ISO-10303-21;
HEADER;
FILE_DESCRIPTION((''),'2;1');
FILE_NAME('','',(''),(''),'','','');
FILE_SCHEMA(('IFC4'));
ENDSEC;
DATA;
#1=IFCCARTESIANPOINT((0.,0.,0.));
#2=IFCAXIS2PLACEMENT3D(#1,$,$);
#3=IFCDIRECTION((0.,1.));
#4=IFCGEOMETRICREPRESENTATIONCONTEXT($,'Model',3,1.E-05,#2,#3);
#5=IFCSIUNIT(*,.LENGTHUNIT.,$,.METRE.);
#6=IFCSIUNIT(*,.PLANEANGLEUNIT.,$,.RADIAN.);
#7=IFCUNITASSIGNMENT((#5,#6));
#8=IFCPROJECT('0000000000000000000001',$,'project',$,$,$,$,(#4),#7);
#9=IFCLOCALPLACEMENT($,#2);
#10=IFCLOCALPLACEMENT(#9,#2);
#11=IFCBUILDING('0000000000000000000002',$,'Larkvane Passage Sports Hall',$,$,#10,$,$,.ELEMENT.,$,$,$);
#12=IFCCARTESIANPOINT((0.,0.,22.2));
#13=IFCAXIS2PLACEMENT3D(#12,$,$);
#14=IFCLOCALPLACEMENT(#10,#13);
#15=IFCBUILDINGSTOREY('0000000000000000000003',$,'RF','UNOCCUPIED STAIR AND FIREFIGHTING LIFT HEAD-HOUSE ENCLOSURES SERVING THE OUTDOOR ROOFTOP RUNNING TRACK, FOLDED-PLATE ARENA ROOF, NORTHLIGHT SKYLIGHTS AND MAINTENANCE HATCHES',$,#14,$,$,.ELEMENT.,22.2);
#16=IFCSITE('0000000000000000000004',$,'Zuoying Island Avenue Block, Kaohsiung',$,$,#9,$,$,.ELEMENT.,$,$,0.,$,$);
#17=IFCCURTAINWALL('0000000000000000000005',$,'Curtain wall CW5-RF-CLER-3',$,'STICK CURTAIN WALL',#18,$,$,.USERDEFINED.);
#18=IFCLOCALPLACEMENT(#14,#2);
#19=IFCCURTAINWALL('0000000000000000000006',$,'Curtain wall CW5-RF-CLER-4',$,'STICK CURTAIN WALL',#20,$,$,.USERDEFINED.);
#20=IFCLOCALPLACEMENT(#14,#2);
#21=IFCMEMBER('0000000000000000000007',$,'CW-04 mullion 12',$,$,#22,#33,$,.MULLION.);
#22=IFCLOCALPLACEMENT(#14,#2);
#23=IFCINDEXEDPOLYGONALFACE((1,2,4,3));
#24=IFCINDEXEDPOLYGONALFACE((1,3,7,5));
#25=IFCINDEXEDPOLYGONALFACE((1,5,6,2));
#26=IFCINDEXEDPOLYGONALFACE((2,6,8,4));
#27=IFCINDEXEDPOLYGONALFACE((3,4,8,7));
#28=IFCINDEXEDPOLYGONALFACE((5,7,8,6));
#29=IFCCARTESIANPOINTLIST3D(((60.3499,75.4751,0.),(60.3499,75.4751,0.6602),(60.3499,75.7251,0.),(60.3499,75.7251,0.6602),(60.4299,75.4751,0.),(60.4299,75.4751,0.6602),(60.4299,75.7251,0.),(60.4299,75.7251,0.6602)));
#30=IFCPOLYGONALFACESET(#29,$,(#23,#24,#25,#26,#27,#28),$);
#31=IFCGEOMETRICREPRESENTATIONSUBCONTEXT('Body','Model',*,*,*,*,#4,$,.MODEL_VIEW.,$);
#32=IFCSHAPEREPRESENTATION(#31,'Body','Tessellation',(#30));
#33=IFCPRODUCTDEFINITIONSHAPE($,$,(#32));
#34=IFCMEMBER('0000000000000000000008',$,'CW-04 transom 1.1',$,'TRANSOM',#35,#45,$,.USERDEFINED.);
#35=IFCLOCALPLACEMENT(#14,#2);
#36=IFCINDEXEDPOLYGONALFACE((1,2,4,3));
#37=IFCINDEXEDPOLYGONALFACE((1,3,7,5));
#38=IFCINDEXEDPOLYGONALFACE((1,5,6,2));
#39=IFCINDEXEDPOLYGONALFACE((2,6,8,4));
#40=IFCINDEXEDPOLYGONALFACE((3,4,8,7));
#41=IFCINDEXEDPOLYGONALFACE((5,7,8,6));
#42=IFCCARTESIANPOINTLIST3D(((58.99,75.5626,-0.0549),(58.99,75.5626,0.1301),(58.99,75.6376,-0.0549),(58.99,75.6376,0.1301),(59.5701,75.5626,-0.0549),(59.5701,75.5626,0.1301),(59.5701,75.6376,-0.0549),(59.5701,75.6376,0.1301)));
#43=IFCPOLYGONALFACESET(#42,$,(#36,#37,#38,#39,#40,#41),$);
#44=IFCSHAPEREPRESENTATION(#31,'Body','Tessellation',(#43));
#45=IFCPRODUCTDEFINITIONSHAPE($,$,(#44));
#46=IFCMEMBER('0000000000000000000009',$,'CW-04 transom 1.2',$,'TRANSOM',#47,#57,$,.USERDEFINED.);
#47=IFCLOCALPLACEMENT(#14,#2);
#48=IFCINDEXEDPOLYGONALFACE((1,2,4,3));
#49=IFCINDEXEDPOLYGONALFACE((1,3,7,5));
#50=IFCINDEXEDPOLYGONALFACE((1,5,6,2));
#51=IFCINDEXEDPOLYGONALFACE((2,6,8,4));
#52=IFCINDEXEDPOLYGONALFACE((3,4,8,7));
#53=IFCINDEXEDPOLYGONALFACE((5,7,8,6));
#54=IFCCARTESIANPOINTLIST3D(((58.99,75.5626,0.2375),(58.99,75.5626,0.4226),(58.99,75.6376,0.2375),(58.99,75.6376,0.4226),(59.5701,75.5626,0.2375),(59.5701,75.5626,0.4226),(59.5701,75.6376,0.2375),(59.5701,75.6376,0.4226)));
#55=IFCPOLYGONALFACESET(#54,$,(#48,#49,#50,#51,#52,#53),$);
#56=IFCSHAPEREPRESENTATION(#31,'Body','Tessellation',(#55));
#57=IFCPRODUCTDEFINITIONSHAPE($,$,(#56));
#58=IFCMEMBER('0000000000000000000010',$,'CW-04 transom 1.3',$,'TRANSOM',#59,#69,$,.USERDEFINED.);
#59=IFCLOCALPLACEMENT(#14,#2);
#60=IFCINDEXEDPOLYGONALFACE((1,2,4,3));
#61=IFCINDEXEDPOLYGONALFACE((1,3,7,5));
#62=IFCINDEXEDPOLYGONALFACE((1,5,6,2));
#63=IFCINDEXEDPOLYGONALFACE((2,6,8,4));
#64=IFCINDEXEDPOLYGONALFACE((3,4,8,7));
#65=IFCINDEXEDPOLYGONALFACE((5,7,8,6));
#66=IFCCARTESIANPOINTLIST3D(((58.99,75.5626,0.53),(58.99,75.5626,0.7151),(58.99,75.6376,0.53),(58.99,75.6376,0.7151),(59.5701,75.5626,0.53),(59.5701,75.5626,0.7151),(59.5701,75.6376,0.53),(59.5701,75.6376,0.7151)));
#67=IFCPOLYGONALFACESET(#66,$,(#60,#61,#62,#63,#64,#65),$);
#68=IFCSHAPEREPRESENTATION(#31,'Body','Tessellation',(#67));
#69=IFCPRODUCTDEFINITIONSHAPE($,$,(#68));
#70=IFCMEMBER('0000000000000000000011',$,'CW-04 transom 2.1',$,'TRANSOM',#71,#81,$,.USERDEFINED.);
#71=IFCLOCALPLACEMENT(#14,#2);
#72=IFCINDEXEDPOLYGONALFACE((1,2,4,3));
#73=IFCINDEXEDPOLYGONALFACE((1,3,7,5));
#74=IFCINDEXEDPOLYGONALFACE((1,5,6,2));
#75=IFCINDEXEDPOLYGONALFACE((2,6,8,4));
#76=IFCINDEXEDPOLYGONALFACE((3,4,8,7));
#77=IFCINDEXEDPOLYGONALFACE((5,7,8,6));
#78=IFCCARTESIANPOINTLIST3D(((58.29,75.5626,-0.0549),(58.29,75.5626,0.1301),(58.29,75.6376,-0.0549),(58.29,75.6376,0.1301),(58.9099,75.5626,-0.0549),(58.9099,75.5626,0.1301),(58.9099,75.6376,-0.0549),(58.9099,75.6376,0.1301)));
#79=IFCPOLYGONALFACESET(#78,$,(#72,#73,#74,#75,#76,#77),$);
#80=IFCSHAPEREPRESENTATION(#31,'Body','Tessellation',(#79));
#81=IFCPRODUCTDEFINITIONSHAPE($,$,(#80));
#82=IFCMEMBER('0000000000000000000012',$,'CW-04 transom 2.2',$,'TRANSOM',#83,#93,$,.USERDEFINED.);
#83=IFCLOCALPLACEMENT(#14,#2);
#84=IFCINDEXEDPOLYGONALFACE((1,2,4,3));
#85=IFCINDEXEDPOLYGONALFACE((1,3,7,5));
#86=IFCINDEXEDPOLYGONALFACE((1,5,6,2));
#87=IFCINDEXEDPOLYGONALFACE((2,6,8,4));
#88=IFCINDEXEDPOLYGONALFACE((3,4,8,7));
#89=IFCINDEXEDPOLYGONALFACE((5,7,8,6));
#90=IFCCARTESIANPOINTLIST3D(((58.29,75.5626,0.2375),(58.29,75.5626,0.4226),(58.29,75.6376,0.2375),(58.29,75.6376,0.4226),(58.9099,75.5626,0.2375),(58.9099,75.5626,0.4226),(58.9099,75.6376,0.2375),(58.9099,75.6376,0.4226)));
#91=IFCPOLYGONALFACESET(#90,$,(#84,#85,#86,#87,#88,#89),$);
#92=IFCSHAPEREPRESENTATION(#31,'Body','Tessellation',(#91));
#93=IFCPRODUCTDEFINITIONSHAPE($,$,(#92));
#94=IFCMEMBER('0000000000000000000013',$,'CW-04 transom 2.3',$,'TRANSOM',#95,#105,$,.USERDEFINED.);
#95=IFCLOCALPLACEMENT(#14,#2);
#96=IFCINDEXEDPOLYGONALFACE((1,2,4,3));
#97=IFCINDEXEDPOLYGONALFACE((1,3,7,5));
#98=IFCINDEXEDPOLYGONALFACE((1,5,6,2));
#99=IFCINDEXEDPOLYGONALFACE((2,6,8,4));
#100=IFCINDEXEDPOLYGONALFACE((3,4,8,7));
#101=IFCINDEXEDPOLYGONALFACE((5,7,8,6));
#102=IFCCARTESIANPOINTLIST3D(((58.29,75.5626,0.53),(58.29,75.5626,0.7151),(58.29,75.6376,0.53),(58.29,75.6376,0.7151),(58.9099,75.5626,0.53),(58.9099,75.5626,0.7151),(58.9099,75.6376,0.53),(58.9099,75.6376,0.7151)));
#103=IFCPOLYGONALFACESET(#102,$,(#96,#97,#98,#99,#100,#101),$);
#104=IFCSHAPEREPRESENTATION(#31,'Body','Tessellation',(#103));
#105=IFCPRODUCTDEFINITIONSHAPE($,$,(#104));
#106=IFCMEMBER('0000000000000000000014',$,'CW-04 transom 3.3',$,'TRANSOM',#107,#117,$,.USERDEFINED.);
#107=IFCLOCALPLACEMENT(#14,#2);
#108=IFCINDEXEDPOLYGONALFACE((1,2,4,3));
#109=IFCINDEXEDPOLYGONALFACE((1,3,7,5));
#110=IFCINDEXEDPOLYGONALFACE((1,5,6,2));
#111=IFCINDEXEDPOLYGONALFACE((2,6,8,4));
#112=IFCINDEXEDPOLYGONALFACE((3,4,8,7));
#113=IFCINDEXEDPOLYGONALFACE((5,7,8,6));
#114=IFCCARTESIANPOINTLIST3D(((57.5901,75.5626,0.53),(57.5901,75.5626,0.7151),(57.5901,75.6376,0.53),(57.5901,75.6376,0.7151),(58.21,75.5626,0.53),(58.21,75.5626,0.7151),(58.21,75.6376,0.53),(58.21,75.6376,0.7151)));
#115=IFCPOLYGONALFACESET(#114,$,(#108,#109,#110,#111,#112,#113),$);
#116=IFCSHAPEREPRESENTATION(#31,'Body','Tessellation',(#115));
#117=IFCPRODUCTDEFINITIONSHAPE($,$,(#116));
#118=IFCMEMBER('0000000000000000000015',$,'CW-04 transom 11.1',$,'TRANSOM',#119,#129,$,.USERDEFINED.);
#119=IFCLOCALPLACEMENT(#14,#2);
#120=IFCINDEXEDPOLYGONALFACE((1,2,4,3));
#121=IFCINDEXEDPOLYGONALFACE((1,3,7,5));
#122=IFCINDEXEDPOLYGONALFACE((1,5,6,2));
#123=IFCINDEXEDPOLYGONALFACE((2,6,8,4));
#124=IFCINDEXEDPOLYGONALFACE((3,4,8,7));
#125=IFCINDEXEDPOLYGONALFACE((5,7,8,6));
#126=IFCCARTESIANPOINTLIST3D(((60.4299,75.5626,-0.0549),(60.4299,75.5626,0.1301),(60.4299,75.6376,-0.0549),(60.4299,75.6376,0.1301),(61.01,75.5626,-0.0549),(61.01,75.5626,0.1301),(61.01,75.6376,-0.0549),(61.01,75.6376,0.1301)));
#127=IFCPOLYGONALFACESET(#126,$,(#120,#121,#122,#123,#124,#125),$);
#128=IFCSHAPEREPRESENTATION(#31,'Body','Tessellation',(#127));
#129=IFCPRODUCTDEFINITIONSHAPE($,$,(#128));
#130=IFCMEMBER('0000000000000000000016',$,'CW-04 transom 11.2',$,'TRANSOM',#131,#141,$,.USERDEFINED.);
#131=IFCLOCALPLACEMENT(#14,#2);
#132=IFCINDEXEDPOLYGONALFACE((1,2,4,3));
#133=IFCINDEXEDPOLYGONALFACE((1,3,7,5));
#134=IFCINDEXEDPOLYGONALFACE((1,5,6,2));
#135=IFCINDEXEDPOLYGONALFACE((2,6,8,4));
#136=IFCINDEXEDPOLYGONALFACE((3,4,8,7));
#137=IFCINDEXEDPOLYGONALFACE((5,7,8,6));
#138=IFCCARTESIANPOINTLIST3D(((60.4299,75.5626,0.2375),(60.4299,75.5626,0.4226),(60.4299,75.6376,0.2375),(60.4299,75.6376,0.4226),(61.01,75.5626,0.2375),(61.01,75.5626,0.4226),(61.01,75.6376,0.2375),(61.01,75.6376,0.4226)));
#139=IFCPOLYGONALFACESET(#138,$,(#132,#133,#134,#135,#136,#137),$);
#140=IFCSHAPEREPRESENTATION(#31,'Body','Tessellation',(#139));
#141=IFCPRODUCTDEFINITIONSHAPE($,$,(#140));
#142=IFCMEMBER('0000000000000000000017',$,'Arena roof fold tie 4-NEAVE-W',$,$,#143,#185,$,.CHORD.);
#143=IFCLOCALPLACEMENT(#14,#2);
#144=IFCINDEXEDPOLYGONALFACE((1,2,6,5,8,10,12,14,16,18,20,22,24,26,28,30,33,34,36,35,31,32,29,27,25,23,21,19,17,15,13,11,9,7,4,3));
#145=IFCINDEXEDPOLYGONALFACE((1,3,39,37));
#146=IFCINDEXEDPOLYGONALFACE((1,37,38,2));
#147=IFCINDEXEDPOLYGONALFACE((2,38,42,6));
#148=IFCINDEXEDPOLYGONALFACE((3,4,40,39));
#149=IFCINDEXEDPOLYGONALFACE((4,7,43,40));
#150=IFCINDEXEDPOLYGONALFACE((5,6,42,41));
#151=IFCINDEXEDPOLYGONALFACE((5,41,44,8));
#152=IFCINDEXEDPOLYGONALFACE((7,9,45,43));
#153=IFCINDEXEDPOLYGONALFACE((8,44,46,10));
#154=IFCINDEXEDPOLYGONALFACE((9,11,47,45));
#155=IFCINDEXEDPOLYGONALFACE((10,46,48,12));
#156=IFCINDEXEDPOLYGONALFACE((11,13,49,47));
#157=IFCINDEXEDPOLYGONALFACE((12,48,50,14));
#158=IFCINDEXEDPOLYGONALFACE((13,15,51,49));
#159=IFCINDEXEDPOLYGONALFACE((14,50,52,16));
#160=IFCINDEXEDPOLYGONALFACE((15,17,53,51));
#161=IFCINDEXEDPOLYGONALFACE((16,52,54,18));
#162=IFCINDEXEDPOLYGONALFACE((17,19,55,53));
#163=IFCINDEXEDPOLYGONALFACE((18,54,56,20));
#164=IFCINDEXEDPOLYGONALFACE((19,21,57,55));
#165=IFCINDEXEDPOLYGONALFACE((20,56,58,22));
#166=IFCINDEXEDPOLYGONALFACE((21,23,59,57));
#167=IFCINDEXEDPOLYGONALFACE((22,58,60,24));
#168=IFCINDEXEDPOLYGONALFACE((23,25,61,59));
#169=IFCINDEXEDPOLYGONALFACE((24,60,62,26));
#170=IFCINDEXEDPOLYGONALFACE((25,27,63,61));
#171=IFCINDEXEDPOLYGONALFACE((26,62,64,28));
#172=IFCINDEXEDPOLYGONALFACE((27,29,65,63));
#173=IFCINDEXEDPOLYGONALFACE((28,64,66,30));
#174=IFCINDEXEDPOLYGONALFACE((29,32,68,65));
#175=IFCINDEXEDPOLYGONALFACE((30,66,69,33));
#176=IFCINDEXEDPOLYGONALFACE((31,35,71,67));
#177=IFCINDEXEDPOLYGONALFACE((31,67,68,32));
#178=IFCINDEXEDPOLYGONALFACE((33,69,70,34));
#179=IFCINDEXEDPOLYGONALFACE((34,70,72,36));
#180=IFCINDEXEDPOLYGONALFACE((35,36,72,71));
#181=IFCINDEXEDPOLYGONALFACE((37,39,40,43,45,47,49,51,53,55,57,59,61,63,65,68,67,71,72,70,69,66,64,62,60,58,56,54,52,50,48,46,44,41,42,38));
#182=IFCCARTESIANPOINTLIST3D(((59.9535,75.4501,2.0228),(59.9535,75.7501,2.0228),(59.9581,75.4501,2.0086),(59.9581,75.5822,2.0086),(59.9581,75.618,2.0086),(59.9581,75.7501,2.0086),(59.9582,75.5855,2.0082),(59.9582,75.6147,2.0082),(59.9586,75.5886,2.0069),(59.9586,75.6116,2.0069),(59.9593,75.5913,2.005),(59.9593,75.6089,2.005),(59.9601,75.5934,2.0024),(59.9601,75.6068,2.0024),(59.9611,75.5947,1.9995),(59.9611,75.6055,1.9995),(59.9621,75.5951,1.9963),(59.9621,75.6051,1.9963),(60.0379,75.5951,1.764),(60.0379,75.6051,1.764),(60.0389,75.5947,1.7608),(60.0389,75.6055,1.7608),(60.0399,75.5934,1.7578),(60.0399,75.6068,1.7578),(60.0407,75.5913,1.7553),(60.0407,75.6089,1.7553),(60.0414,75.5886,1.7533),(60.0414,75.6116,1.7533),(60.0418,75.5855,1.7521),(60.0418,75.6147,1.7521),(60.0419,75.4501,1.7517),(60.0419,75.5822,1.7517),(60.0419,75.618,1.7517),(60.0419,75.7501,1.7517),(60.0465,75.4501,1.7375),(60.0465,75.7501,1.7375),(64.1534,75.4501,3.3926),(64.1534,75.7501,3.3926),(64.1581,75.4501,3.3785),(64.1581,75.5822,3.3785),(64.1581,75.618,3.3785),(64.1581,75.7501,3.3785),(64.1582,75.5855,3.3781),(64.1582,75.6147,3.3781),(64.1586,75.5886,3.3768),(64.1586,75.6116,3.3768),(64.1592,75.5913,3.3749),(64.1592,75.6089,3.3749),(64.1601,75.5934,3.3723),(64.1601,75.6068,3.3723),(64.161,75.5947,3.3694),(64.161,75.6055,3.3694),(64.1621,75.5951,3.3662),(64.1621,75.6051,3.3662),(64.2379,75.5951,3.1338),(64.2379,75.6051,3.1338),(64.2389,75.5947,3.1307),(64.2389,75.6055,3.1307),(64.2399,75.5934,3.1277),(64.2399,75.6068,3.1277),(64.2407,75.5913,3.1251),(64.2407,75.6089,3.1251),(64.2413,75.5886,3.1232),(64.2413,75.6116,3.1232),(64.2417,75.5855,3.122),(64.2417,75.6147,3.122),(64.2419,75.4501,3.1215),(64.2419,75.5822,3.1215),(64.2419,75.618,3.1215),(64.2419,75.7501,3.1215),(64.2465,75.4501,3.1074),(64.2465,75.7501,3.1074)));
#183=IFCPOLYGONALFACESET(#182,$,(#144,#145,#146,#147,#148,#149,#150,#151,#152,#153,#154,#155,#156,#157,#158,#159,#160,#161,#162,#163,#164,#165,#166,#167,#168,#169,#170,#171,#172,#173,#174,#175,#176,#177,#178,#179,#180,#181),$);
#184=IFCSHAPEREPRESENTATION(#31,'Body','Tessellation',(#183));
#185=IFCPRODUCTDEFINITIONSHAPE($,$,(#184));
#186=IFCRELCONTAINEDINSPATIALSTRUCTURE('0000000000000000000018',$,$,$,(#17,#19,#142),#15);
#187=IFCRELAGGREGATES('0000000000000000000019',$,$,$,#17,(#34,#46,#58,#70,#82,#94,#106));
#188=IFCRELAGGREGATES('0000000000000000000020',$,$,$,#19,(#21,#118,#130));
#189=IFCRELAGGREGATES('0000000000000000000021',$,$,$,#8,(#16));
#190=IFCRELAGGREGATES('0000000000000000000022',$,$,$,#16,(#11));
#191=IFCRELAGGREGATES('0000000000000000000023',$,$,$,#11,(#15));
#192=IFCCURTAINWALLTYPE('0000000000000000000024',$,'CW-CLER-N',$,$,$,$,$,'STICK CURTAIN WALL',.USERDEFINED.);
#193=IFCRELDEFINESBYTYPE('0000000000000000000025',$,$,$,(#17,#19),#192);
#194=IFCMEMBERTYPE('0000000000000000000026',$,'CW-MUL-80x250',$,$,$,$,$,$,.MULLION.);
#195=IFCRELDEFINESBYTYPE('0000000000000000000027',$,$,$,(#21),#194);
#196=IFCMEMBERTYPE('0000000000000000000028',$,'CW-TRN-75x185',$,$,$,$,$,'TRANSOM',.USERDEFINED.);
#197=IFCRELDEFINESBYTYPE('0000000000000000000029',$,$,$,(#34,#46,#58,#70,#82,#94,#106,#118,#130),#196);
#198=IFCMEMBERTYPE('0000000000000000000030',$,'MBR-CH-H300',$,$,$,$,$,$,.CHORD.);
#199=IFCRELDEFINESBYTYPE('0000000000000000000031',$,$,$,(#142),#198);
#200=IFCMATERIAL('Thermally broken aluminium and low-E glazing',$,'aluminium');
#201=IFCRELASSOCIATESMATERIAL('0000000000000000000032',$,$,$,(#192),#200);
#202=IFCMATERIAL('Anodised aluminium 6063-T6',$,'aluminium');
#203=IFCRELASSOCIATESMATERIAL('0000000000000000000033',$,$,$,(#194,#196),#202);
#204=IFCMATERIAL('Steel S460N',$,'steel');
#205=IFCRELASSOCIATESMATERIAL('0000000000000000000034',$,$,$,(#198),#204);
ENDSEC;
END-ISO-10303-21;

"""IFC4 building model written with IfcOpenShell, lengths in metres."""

from ifc_helpers import new_model, si_unit, direction, frame, origin, origin_2d, place, context, subcontext, project, spatial, rectangle, i_section, extrude, material, material_profile, profile_set, type_object, element, aggregate, save


model = new_model("IFC4")

# Units and contexts
model_context = context("Model", 3, precision=1e-05, world=origin(), true_north=direction((0.0, 1.0)))
body_context = subcontext(model_context, "Body", "Model", "MODEL_VIEW")
ifc_project = project(units=[si_unit("LENGTHUNIT", "METRE"), si_unit("PLANEANGLEUNIT", "RADIAN")], contexts=[model_context])

# Site, building, storey
site_placement = place(None, origin())
site = spatial("IfcSite", under=ifc_project, at=site_placement, Name="Zuoying Island Avenue Block, Kaohsiung", CompositionType="ELEMENT", RefElevation=0.0)
building_placement = place(site_placement, origin())
building = spatial("IfcBuilding", under=site, at=building_placement, Name="Larkvane Passage Sports Hall", CompositionType="ELEMENT")
storey_placement = place(building_placement, frame((0.0, 0.0, 22.2)))
storey = spatial("IfcBuildingStorey", under=building, at=storey_placement, Name="RF", Description="UNOCCUPIED STAIR AND FIREFIGHTING LIFT HEAD-HOUSE ENCLOSURES SERVING THE OUTDOOR ROOFTOP RUNNING TRACK, FOLDED-PLATE ARENA ROOF, NORTHLIGHT SKYLIGHTS AND MAINTENANCE HATCHES", CompositionType="ELEMENT", Elevation=22.2)

# Shared definitions
ifc_material_1 = material(Name="Steel S460N", Category="steel")

# Curtain wall
ifc_material_2 = material(Name="Thermally broken aluminium and low-E glazing", Category="aluminium")
curtain_wall_type = type_object("IfcCurtainWallType", Name="CW-CLER-N", ElementType="STICK CURTAIN WALL", PredefinedType="USERDEFINED", material=ifc_material_2)
curtain_wall_1_placement = place(storey_placement, origin())
curtain_wall_1 = element("IfcCurtainWall", 1, at=curtain_wall_1_placement, inside=storey, type_object=curtain_wall_type, Name="Curtain wall CW5-RF-CLER-3", ObjectType="STICK CURTAIN WALL", PredefinedType="USERDEFINED")
ifc_material_3 = material(Name="Anodised aluminium 6063-T6", Category="aluminium")
ifc_material_profile_1 = material_profile(ifc_material_3, rectangle(XDim=0.0801, YDim=0.25, at=origin_2d()), Name="ALU-MUL-80x250")
ifc_profile_set_1 = profile_set([ifc_material_profile_1], Name="Anodised aluminium 6063-T6")
member_type_1 = type_object("IfcMemberType", Name="CW-MUL-80x250", PredefinedType="MULLION", material=ifc_profile_set_1)

# Curtain wall, member
curtain_wall_2_placement = place(storey_placement, origin())
curtain_wall_2 = element("IfcCurtainWall", 2, at=curtain_wall_2_placement, inside=storey, type_object=curtain_wall_type, Name="Curtain wall CW5-RF-CLER-4", ObjectType="STICK CURTAIN WALL", PredefinedType="USERDEFINED")
member_1_placement = place(storey_placement, frame((60.3899, 75.6001, 0.0), z_axis=(0.0, 0.0, 1.0), x_axis=(-1.0, 0.0, 0.0)))
member_1 = element("IfcMember", 3, at=member_1_placement, type_object=member_type_1, Name="CW-04 mullion 12", PredefinedType="MULLION", context=body_context, shape_type="SweptSolid", body=[
    extrude(rectangle(XDim=0.0801, YDim=0.25, at=origin_2d()), origin(), (0.0, 0.0, 1.0), 0.6602),
])

# Members
ifc_material_profile_2 = material_profile(ifc_material_3, rectangle(XDim=0.075, YDim=0.1851, at=origin_2d()), Name="ALU-TRN-75x185")
ifc_profile_set_2 = profile_set([ifc_material_profile_2], Name="Anodised aluminium 6063-T6")
member_type_2 = type_object("IfcMemberType", Name="CW-TRN-75x185", ElementType="TRANSOM", PredefinedType="USERDEFINED", material=ifc_profile_set_2)
member_2_placement = place(storey_placement, frame((59.5701, 75.6001, 0.0376), z_axis=(-1.0, 0.0, 0.0), x_axis=(0.0, -1.0, 0.0)))
member_2 = element("IfcMember", 4, at=member_2_placement, type_object=member_type_2, Name="CW-04 transom 1.1", ObjectType="TRANSOM", PredefinedType="USERDEFINED", context=body_context, shape_type="SweptSolid", body=[
    extrude(rectangle(XDim=0.075, YDim=0.1851, at=origin_2d()), origin(), (0.0, 0.0, 1.0), 0.5801),
])
member_3_placement = place(storey_placement, frame((59.5701, 75.6001, 0.3301), z_axis=(-1.0, 0.0, 0.0), x_axis=(0.0, -1.0, 0.0)))
member_3 = element("IfcMember", 5, at=member_3_placement, type_object=member_type_2, Name="CW-04 transom 1.2", ObjectType="TRANSOM", PredefinedType="USERDEFINED", context=body_context, shape_type="SweptSolid", body=[
    extrude(rectangle(XDim=0.075, YDim=0.1851, at=origin_2d()), origin(), (0.0, 0.0, 1.0), 0.5801),
])
member_4_placement = place(storey_placement, frame((59.5701, 75.6001, 0.6226), z_axis=(-1.0, 0.0, 0.0), x_axis=(0.0, -1.0, 0.0)))
member_4 = element("IfcMember", 6, at=member_4_placement, type_object=member_type_2, Name="CW-04 transom 1.3", ObjectType="TRANSOM", PredefinedType="USERDEFINED", context=body_context, shape_type="SweptSolid", body=[
    extrude(rectangle(XDim=0.075, YDim=0.1851, at=origin_2d()), origin(), (0.0, 0.0, 1.0), 0.5801),
])
member_5_placement = place(storey_placement, frame((58.9099, 75.6001, 0.0376), z_axis=(-1.0, 0.0, 0.0), x_axis=(0.0, -1.0, 0.0)))
member_5 = element("IfcMember", 7, at=member_5_placement, type_object=member_type_2, Name="CW-04 transom 2.1", ObjectType="TRANSOM", PredefinedType="USERDEFINED", context=body_context, shape_type="SweptSolid", body=[
    extrude(rectangle(XDim=0.075, YDim=0.1851, at=origin_2d()), origin(), (0.0, 0.0, 1.0), 0.6199),
])
member_6_placement = place(storey_placement, frame((58.9099, 75.6001, 0.3301), z_axis=(-1.0, 0.0, 0.0), x_axis=(0.0, -1.0, 0.0)))
member_6 = element("IfcMember", 8, at=member_6_placement, type_object=member_type_2, Name="CW-04 transom 2.2", ObjectType="TRANSOM", PredefinedType="USERDEFINED", context=body_context, shape_type="SweptSolid", body=[
    extrude(rectangle(XDim=0.075, YDim=0.1851, at=origin_2d()), origin(), (0.0, 0.0, 1.0), 0.6199),
])
member_7_placement = place(storey_placement, frame((58.9099, 75.6001, 0.6226), z_axis=(-1.0, 0.0, 0.0), x_axis=(0.0, -1.0, 0.0)))
member_7 = element("IfcMember", 9, at=member_7_placement, type_object=member_type_2, Name="CW-04 transom 2.3", ObjectType="TRANSOM", PredefinedType="USERDEFINED", context=body_context, shape_type="SweptSolid", body=[
    extrude(rectangle(XDim=0.075, YDim=0.1851, at=origin_2d()), origin(), (0.0, 0.0, 1.0), 0.6199),
])
member_8_placement = place(storey_placement, frame((58.21, 75.6001, 0.6226), z_axis=(-1.0, 0.0, 0.0), x_axis=(0.0, -1.0, 0.0)))
member_8 = element("IfcMember", 10, at=member_8_placement, type_object=member_type_2, Name="CW-04 transom 3.3", ObjectType="TRANSOM", PredefinedType="USERDEFINED", context=body_context, shape_type="SweptSolid", body=[
    extrude(rectangle(XDim=0.075, YDim=0.1851, at=origin_2d()), origin(), (0.0, 0.0, 1.0), 0.6199),
])
member_9_placement = place(storey_placement, frame((61.01, 75.6001, 0.0376), z_axis=(-1.0, 0.0, 0.0), x_axis=(0.0, -1.0, 0.0)))
member_9 = element("IfcMember", 11, at=member_9_placement, type_object=member_type_2, Name="CW-04 transom 11.1", ObjectType="TRANSOM", PredefinedType="USERDEFINED", context=body_context, shape_type="SweptSolid", body=[
    extrude(rectangle(XDim=0.075, YDim=0.1851, at=origin_2d()), origin(), (0.0, 0.0, 1.0), 0.5801),
])
member_10_placement = place(storey_placement, frame((61.01, 75.6001, 0.3301), z_axis=(-1.0, 0.0, 0.0), x_axis=(0.0, -1.0, 0.0)))
member_10 = element("IfcMember", 12, at=member_10_placement, type_object=member_type_2, Name="CW-04 transom 11.2", ObjectType="TRANSOM", PredefinedType="USERDEFINED", context=body_context, shape_type="SweptSolid", body=[
    extrude(rectangle(XDim=0.075, YDim=0.1851, at=origin_2d()), origin(), (0.0, 0.0, 1.0), 0.5801),
])
ifc_material_profile_3 = material_profile(ifc_material_1, i_section(OverallWidth=0.3, OverallDepth=0.3, WebThickness=0.01, FlangeThickness=0.0149, FilletRadius=0.0129, at=origin_2d()), Name="H-300x300x10x15")
ifc_profile_set_3 = profile_set([ifc_material_profile_3], Name="Steel S460N")
member_type_3 = type_object("IfcMemberType", Name="MBR-CH-H300", PredefinedType="CHORD", material=ifc_profile_set_3)
member_11_placement = place(storey_placement, frame((60.0, 75.6001, 1.8801), z_axis=(0.950708, 0.0, 0.310087), x_axis=(0.0, 1.0, 0.0)))
element("IfcMember", 13, at=member_11_placement, inside=storey, type_object=member_type_3, Name="Arena roof fold tie 4-NEAVE-W", PredefinedType="CHORD", context=body_context, shape_type="SweptSolid", body=[
    extrude(i_section(OverallWidth=0.3, OverallDepth=0.3, WebThickness=0.01, FlangeThickness=0.0149, FilletRadius=0.0129, at=origin_2d()), origin(), (0.0, 0.0, 1.0), 4.4177),
])

aggregate(curtain_wall_1, [member_2, member_3, member_4, member_5, member_6, member_7, member_8])
aggregate(curtain_wall_2, [member_1, member_9, member_10])

save(model, "model.ifc")
